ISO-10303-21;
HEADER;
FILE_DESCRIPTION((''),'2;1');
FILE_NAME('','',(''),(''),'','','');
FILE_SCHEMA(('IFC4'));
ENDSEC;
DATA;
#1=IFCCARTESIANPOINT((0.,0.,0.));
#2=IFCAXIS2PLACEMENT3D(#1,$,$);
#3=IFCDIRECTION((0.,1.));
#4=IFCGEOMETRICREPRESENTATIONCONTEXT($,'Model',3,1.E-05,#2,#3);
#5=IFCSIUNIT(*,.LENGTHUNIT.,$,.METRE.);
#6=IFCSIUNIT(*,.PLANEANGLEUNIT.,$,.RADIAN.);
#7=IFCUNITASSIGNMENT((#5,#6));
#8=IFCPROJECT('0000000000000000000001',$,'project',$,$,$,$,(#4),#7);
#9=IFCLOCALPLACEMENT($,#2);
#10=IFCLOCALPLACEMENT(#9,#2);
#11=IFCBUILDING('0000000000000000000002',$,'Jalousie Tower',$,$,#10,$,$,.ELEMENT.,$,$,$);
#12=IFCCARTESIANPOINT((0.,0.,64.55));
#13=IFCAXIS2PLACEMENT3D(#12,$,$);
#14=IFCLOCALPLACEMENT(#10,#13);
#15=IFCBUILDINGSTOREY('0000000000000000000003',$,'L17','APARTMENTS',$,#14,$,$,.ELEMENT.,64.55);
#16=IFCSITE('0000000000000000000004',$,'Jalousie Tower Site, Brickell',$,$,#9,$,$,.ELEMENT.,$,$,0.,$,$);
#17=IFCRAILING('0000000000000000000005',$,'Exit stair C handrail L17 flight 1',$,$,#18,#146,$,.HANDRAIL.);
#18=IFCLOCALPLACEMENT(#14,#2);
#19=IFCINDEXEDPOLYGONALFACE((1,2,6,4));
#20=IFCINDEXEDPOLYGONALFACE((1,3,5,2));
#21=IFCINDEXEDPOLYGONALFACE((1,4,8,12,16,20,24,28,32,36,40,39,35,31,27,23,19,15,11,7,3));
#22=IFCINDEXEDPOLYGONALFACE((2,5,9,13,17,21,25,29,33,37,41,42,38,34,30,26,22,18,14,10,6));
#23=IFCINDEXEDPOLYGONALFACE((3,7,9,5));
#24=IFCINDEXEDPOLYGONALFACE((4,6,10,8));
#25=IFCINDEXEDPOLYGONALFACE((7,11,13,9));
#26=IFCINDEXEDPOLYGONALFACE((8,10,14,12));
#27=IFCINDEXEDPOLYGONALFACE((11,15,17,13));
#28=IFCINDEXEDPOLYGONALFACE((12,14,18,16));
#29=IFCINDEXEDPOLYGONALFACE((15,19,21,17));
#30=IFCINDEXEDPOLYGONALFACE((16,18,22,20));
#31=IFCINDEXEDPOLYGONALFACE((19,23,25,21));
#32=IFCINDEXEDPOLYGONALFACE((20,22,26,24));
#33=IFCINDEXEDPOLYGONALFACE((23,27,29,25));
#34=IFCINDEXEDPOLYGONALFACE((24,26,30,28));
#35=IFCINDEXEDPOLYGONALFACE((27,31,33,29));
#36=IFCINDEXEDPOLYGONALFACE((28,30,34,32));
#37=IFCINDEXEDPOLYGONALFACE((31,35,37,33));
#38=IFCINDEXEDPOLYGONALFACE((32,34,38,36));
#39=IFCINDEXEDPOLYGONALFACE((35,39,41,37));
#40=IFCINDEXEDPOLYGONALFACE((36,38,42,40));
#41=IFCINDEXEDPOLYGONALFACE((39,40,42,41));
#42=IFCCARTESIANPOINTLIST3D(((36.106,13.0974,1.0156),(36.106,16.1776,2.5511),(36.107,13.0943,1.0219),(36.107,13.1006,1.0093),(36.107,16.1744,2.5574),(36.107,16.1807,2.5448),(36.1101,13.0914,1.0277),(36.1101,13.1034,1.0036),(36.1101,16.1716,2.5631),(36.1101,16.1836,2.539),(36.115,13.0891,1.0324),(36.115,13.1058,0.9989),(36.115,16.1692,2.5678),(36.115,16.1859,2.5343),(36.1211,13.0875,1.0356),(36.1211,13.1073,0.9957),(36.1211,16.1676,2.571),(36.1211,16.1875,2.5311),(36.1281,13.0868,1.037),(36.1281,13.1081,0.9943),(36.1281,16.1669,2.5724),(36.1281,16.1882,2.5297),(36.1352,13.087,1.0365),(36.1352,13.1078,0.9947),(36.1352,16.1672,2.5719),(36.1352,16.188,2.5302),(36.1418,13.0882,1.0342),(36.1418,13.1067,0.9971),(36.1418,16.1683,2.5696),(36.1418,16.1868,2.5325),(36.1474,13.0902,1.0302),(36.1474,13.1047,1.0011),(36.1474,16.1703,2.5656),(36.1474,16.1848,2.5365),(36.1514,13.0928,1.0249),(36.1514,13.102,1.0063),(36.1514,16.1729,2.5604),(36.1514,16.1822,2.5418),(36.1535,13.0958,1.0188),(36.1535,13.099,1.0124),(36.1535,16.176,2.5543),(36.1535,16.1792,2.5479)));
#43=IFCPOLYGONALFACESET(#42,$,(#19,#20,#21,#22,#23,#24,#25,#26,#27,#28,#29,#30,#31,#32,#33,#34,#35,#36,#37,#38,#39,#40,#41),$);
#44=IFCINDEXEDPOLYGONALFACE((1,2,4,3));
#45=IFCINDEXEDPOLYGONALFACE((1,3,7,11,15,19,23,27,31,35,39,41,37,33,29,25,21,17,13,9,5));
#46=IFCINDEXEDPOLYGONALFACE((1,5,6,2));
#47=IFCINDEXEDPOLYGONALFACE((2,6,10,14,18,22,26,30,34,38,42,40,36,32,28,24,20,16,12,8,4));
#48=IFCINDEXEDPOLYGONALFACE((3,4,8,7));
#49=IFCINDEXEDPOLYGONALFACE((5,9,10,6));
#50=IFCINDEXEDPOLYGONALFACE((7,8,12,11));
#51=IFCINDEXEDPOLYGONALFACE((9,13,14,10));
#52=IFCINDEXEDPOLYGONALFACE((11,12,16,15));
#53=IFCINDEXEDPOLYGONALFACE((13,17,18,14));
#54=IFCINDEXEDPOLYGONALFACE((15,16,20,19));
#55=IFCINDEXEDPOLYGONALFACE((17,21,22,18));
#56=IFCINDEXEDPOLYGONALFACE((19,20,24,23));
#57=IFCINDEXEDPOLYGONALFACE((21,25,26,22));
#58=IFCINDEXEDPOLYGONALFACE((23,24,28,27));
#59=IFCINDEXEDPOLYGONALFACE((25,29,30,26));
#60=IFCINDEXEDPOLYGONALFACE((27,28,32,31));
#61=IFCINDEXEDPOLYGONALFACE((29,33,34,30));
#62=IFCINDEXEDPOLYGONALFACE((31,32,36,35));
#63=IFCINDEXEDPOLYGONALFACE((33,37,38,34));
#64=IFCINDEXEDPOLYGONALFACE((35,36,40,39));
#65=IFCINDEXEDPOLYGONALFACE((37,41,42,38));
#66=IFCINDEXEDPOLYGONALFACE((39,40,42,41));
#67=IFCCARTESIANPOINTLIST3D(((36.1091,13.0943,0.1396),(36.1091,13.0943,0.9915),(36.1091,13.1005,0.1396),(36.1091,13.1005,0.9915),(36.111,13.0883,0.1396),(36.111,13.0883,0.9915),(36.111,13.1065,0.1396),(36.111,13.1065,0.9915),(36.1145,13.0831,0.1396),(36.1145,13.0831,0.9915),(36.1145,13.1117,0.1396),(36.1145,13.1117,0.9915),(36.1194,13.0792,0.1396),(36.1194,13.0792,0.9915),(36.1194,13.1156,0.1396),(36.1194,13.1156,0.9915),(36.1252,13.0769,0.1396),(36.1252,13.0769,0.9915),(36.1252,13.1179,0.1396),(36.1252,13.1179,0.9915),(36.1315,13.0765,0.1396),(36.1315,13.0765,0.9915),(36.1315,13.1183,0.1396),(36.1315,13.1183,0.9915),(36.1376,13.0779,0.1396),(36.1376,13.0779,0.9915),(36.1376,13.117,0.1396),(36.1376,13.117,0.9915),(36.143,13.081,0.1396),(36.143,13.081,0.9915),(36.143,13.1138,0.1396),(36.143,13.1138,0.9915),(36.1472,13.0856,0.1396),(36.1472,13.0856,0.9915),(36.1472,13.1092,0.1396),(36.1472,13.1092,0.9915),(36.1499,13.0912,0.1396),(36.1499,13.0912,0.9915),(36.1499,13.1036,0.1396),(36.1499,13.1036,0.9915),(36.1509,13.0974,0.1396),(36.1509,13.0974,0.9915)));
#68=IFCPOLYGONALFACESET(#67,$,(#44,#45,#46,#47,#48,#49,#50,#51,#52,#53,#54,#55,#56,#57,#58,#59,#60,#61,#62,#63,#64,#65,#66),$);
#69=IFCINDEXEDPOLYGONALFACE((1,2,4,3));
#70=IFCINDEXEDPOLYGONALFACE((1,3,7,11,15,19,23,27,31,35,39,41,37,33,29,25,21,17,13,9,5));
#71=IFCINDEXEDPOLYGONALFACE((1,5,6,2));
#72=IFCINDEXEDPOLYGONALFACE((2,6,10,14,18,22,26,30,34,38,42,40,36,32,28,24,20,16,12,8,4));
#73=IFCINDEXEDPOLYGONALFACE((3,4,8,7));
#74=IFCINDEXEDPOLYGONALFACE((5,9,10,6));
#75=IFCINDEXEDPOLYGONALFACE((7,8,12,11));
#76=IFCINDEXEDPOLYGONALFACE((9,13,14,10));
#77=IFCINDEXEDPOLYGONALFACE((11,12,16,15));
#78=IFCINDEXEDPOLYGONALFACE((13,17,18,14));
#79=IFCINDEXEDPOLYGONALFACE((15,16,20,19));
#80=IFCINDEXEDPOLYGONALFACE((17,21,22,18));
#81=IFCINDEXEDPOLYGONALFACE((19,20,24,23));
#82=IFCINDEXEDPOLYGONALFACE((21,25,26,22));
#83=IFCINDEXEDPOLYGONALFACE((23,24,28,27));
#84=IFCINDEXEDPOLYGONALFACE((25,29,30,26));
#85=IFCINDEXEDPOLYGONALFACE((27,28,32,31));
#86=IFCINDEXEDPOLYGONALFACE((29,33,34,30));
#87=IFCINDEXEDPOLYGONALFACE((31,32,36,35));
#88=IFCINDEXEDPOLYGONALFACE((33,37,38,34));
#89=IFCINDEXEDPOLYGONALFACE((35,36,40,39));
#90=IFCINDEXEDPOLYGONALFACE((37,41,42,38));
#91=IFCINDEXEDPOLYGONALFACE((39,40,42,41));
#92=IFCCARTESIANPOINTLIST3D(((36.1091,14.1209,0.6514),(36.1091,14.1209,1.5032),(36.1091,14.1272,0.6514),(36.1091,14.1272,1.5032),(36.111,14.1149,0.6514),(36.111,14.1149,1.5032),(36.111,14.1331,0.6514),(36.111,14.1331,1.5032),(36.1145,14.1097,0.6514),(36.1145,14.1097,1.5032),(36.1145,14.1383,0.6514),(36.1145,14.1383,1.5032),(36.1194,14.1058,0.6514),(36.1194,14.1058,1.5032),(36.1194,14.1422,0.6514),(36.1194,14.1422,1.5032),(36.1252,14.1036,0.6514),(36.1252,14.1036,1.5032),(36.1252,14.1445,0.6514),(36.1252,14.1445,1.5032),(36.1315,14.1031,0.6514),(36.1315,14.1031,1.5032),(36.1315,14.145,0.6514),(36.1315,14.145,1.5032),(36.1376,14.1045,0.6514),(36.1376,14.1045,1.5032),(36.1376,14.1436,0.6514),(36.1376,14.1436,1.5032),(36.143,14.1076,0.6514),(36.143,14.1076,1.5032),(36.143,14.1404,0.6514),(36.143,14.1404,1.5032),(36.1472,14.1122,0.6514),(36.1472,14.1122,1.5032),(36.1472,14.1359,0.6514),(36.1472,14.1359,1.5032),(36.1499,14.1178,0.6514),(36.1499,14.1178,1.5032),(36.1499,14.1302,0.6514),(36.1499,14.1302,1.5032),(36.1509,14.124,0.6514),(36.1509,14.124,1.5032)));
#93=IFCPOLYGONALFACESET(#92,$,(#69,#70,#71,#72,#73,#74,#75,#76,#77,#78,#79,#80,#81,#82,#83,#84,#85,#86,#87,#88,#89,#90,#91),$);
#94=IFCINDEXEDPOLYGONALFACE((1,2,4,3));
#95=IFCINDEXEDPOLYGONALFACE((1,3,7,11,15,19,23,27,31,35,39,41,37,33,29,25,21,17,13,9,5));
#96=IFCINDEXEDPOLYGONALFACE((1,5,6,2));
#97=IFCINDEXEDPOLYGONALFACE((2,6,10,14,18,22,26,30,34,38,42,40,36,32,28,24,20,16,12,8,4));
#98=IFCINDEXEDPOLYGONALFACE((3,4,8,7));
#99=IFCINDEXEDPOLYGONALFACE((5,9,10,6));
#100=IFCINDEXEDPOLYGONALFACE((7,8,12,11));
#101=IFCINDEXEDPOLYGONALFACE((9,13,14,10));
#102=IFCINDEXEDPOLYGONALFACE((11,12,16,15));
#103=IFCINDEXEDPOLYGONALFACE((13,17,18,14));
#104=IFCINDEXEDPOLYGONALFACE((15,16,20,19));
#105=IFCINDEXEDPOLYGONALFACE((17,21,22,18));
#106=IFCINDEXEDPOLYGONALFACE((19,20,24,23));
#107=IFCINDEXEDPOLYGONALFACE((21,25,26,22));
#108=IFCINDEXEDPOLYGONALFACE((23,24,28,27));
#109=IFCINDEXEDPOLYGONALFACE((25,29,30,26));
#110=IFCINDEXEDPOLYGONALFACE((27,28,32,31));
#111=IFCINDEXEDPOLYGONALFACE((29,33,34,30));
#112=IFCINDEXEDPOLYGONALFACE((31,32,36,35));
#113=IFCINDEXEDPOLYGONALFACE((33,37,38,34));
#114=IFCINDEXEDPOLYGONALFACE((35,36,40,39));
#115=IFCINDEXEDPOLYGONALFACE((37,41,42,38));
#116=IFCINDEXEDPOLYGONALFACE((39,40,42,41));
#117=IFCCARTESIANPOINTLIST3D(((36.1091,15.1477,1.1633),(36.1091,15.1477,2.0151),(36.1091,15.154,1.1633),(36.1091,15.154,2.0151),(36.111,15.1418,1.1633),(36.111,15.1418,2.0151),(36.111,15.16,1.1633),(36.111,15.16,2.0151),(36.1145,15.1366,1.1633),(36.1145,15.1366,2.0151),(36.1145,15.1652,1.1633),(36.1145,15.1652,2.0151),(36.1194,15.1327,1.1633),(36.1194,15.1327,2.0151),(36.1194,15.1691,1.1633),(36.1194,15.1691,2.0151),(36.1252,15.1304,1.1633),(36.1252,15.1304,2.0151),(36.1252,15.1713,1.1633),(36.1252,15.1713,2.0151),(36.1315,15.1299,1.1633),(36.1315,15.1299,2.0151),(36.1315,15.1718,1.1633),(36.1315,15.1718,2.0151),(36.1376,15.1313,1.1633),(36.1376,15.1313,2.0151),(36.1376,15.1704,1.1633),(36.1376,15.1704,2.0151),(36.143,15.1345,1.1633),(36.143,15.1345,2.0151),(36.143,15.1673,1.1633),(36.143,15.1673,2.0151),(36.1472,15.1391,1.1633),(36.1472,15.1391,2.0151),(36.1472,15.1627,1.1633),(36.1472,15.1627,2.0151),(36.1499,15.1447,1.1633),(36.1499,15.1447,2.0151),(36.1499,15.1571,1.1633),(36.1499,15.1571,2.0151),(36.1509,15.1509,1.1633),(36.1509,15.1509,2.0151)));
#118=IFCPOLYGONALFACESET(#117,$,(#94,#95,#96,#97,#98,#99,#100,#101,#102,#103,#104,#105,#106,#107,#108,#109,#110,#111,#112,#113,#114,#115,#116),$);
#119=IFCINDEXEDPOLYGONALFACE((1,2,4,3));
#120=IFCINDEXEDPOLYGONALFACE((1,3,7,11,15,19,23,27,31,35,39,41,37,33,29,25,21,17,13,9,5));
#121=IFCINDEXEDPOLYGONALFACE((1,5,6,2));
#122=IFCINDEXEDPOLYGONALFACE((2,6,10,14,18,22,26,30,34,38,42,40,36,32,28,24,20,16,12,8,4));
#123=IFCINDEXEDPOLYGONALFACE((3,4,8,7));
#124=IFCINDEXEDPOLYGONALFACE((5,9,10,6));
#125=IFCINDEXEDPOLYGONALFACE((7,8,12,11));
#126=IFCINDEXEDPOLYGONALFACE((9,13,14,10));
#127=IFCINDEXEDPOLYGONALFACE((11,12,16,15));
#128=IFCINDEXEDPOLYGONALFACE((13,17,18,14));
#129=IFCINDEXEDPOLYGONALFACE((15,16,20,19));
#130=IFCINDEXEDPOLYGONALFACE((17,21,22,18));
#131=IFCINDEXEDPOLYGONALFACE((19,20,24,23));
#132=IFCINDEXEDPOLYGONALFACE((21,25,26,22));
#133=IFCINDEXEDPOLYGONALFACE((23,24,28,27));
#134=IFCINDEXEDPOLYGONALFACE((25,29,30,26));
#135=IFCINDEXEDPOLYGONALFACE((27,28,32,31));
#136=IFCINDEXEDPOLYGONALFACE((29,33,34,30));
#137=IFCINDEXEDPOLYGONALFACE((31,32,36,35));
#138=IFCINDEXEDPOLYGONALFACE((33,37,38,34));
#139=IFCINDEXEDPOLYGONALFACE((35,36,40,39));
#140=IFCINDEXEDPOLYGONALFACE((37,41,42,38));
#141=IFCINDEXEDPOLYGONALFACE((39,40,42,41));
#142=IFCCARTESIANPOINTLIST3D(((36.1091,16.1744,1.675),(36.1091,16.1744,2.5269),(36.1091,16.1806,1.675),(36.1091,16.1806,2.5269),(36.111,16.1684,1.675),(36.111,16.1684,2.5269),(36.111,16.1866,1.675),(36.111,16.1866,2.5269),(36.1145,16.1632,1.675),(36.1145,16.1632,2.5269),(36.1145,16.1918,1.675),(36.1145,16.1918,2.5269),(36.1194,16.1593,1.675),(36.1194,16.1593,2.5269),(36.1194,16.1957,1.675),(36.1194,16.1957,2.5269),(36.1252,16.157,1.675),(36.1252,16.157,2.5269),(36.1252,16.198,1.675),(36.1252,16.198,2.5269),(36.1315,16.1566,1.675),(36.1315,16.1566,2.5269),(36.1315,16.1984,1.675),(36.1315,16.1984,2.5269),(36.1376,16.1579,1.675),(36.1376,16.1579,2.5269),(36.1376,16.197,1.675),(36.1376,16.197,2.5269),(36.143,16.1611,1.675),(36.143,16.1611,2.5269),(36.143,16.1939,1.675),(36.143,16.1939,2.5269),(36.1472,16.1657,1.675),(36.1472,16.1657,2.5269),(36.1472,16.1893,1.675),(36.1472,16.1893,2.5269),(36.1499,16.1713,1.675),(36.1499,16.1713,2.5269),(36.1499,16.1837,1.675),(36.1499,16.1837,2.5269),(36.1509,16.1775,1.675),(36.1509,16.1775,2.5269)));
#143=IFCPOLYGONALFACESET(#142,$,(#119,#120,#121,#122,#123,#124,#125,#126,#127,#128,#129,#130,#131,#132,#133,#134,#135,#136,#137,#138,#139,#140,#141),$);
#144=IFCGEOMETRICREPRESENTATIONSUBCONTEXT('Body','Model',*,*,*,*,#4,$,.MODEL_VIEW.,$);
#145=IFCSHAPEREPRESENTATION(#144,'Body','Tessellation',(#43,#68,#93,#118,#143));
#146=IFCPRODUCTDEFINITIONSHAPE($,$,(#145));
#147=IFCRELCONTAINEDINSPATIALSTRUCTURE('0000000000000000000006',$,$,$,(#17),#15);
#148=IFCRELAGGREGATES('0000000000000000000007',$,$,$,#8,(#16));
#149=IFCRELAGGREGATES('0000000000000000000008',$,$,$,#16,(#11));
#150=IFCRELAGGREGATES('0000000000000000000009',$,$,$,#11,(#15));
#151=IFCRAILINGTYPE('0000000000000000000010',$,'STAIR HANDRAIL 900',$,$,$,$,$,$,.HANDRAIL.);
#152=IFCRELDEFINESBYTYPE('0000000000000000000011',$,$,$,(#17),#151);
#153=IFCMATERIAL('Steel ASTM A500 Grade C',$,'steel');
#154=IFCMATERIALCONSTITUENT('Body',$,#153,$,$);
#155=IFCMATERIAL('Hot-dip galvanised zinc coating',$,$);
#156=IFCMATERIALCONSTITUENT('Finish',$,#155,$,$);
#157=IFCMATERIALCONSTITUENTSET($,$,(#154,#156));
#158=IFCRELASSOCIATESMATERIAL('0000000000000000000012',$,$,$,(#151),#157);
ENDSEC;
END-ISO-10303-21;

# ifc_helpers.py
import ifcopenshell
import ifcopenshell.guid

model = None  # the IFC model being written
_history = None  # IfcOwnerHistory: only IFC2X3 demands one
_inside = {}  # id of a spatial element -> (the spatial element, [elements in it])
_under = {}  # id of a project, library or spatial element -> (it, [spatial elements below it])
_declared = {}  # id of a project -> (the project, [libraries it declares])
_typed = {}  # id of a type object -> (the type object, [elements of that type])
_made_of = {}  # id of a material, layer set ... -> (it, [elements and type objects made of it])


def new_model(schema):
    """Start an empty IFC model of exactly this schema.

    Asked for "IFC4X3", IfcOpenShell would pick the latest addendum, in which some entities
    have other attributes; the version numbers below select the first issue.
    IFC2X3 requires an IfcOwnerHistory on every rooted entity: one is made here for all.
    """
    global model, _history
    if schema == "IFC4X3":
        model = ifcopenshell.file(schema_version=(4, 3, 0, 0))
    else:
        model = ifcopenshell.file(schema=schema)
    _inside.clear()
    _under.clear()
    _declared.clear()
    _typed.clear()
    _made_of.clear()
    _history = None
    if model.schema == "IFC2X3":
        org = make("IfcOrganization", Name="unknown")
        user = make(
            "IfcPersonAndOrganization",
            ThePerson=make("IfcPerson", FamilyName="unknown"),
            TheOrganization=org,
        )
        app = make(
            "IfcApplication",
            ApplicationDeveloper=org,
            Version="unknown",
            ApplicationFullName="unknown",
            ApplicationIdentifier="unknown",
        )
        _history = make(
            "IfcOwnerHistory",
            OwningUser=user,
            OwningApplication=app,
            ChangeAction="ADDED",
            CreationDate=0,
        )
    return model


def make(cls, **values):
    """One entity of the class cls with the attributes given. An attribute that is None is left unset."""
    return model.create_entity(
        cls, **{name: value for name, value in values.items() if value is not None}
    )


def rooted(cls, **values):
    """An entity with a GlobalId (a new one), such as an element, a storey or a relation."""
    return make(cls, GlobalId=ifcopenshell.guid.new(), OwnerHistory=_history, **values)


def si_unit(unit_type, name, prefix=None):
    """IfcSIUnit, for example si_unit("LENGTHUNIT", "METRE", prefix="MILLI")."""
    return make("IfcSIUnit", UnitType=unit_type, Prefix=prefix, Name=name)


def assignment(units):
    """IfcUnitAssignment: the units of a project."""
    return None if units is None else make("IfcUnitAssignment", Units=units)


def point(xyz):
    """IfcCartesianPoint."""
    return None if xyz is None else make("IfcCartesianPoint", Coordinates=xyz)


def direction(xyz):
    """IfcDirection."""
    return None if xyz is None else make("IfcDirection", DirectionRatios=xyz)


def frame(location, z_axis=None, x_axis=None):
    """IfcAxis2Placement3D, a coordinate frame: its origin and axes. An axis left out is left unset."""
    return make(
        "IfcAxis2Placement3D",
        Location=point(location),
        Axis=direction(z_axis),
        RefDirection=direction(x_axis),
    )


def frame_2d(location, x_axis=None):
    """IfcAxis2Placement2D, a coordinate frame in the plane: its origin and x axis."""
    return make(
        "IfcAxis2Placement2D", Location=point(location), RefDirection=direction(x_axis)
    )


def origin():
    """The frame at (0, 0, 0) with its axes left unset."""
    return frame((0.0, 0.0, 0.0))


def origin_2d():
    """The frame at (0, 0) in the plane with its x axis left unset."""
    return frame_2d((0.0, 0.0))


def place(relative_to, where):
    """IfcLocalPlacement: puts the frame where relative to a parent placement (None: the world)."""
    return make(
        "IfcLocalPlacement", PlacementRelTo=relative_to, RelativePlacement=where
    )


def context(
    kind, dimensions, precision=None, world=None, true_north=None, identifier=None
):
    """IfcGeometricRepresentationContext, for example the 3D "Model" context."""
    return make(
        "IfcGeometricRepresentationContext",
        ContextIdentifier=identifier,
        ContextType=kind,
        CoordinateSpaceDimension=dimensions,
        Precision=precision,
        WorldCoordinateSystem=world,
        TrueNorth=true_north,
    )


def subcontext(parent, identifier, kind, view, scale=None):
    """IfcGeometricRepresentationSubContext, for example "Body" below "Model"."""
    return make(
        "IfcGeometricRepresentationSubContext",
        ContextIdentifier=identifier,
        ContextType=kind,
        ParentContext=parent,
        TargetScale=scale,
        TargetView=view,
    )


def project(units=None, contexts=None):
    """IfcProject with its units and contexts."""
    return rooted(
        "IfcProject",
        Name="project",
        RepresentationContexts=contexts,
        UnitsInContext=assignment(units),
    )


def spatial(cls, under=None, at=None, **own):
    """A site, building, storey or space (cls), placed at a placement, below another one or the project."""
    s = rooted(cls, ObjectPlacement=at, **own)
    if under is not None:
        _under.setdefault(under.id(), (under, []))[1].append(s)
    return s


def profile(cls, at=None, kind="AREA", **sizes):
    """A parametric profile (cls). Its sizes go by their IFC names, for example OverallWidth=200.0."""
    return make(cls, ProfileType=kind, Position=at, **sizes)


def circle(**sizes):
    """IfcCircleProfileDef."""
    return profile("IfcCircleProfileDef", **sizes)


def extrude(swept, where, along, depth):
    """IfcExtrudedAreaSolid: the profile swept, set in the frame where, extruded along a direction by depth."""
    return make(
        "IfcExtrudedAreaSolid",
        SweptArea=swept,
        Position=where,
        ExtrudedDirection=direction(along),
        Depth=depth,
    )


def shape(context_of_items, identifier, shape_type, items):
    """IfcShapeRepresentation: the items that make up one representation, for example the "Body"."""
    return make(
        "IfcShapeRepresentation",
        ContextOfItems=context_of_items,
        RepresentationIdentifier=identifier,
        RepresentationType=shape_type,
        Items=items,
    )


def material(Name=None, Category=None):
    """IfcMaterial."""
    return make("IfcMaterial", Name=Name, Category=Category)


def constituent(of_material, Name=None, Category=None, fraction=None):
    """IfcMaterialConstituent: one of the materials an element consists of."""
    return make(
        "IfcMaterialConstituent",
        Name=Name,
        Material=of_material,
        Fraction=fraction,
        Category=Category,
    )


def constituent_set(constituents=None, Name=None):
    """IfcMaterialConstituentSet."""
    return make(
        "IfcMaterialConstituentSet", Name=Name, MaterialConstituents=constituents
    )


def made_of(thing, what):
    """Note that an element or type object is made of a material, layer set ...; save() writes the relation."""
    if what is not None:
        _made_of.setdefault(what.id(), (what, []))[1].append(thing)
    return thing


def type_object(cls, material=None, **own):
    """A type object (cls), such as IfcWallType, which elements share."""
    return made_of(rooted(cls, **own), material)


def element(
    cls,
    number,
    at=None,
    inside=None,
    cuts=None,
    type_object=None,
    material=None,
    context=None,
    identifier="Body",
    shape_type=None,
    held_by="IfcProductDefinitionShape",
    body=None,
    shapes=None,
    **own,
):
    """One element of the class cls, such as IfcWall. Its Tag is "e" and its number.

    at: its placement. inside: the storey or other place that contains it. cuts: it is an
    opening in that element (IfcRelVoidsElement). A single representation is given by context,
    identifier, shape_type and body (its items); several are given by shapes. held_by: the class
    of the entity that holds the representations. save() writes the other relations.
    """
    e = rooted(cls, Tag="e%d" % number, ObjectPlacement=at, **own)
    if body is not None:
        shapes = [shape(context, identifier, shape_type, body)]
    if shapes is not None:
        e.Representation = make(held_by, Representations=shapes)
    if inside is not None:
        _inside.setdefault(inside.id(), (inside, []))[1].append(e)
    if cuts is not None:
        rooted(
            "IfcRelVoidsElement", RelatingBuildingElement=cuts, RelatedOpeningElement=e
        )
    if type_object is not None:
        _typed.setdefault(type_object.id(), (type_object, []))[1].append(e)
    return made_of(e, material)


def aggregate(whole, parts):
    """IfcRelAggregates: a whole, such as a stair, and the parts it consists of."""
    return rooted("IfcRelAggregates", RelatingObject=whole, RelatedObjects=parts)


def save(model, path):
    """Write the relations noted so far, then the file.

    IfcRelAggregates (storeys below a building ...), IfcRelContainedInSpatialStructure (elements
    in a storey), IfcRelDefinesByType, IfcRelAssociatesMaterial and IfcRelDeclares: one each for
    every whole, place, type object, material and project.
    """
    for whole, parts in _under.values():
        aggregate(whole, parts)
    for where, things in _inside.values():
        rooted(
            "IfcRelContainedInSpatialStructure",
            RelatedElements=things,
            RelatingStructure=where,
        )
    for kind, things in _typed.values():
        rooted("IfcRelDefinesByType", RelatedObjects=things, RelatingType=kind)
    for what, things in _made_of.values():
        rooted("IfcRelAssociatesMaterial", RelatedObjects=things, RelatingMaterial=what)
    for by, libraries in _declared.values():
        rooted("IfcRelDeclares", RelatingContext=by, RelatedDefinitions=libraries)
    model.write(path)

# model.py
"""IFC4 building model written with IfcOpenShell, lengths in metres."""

from ifc_helpers import new_model, si_unit, direction, frame, origin, origin_2d, place, context, subcontext, project, spatial, circle, extrude, material, constituent, constituent_set, type_object, element, save


model = new_model("IFC4")

# Units and contexts
model_context = context("Model", 3, precision=1e-05, world=origin(), true_north=direction((0.0, 1.0)))
body_context = subcontext(model_context, "Body", "Model", "MODEL_VIEW")
ifc_project = project(units=[si_unit("LENGTHUNIT", "METRE"), si_unit("PLANEANGLEUNIT", "RADIAN")], contexts=[model_context])

# Site, building, storey
site_placement = place(None, origin())
site = spatial("IfcSite", under=ifc_project, at=site_placement, Name="Jalousie Tower Site, Brickell", CompositionType="ELEMENT", RefElevation=0.0)
building_placement = place(site_placement, origin())
building = spatial("IfcBuilding", under=site, at=building_placement, Name="Jalousie Tower", CompositionType="ELEMENT")
storey_placement = place(building_placement, frame((0.0, 0.0, 64.55)))
storey = spatial("IfcBuildingStorey", under=building, at=storey_placement, Name="L17", Description="APARTMENTS", CompositionType="ELEMENT", Elevation=64.55)

# Railing
ifc_material_1 = material(Name="Steel ASTM A500 Grade C", Category="steel")
ifc_constituent_1 = constituent(ifc_material_1, Name="Body")
ifc_material_2 = material(Name="Hot-dip galvanised zinc coating")
ifc_constituent_2 = constituent(ifc_material_2, Name="Finish")
ifc_constituent_set_1 = constituent_set(constituents=[ifc_constituent_1, ifc_constituent_2])
railing_type_1 = type_object("IfcRailingType", Name="STAIR HANDRAIL 900", PredefinedType="HANDRAIL", material=ifc_constituent_set_1)
railing_1_placement = place(storey_placement, frame((36.1299, 13.0974, 0.1396)))
element("IfcRailing", 1, at=railing_1_placement, inside=storey, type_object=railing_type_1, Name="Exit stair C handrail L17 flight 1", PredefinedType="HANDRAIL", context=body_context, shape_type="SweptSolid", body=[
    extrude(circle(Radius=0.0239, at=origin_2d()), frame((0.0, 0.0, 0.876), z_axis=(0.0, 0.894966, 0.446135), x_axis=(-1.0, 0.0, 0.0)), (0.0, 0.0, 1.0), 3.4417),
    extrude(circle(Radius=0.021, at=origin_2d()), origin(), (0.0, 0.0, 1.0), 0.8518),
    extrude(circle(Radius=0.021, at=origin_2d()), frame((0.0, 1.0266, 0.5117)), (0.0, 0.0, 1.0), 0.8518),
    extrude(circle(Radius=0.021, at=origin_2d()), frame((0.0, 2.0535, 1.0237)), (0.0, 0.0, 1.0), 0.8518),
    extrude(circle(Radius=0.021, at=origin_2d()), frame((0.0, 3.0801, 1.5354)), (0.0, 0.0, 1.0), 0.8518),
])

save(model, "model.ifc")
